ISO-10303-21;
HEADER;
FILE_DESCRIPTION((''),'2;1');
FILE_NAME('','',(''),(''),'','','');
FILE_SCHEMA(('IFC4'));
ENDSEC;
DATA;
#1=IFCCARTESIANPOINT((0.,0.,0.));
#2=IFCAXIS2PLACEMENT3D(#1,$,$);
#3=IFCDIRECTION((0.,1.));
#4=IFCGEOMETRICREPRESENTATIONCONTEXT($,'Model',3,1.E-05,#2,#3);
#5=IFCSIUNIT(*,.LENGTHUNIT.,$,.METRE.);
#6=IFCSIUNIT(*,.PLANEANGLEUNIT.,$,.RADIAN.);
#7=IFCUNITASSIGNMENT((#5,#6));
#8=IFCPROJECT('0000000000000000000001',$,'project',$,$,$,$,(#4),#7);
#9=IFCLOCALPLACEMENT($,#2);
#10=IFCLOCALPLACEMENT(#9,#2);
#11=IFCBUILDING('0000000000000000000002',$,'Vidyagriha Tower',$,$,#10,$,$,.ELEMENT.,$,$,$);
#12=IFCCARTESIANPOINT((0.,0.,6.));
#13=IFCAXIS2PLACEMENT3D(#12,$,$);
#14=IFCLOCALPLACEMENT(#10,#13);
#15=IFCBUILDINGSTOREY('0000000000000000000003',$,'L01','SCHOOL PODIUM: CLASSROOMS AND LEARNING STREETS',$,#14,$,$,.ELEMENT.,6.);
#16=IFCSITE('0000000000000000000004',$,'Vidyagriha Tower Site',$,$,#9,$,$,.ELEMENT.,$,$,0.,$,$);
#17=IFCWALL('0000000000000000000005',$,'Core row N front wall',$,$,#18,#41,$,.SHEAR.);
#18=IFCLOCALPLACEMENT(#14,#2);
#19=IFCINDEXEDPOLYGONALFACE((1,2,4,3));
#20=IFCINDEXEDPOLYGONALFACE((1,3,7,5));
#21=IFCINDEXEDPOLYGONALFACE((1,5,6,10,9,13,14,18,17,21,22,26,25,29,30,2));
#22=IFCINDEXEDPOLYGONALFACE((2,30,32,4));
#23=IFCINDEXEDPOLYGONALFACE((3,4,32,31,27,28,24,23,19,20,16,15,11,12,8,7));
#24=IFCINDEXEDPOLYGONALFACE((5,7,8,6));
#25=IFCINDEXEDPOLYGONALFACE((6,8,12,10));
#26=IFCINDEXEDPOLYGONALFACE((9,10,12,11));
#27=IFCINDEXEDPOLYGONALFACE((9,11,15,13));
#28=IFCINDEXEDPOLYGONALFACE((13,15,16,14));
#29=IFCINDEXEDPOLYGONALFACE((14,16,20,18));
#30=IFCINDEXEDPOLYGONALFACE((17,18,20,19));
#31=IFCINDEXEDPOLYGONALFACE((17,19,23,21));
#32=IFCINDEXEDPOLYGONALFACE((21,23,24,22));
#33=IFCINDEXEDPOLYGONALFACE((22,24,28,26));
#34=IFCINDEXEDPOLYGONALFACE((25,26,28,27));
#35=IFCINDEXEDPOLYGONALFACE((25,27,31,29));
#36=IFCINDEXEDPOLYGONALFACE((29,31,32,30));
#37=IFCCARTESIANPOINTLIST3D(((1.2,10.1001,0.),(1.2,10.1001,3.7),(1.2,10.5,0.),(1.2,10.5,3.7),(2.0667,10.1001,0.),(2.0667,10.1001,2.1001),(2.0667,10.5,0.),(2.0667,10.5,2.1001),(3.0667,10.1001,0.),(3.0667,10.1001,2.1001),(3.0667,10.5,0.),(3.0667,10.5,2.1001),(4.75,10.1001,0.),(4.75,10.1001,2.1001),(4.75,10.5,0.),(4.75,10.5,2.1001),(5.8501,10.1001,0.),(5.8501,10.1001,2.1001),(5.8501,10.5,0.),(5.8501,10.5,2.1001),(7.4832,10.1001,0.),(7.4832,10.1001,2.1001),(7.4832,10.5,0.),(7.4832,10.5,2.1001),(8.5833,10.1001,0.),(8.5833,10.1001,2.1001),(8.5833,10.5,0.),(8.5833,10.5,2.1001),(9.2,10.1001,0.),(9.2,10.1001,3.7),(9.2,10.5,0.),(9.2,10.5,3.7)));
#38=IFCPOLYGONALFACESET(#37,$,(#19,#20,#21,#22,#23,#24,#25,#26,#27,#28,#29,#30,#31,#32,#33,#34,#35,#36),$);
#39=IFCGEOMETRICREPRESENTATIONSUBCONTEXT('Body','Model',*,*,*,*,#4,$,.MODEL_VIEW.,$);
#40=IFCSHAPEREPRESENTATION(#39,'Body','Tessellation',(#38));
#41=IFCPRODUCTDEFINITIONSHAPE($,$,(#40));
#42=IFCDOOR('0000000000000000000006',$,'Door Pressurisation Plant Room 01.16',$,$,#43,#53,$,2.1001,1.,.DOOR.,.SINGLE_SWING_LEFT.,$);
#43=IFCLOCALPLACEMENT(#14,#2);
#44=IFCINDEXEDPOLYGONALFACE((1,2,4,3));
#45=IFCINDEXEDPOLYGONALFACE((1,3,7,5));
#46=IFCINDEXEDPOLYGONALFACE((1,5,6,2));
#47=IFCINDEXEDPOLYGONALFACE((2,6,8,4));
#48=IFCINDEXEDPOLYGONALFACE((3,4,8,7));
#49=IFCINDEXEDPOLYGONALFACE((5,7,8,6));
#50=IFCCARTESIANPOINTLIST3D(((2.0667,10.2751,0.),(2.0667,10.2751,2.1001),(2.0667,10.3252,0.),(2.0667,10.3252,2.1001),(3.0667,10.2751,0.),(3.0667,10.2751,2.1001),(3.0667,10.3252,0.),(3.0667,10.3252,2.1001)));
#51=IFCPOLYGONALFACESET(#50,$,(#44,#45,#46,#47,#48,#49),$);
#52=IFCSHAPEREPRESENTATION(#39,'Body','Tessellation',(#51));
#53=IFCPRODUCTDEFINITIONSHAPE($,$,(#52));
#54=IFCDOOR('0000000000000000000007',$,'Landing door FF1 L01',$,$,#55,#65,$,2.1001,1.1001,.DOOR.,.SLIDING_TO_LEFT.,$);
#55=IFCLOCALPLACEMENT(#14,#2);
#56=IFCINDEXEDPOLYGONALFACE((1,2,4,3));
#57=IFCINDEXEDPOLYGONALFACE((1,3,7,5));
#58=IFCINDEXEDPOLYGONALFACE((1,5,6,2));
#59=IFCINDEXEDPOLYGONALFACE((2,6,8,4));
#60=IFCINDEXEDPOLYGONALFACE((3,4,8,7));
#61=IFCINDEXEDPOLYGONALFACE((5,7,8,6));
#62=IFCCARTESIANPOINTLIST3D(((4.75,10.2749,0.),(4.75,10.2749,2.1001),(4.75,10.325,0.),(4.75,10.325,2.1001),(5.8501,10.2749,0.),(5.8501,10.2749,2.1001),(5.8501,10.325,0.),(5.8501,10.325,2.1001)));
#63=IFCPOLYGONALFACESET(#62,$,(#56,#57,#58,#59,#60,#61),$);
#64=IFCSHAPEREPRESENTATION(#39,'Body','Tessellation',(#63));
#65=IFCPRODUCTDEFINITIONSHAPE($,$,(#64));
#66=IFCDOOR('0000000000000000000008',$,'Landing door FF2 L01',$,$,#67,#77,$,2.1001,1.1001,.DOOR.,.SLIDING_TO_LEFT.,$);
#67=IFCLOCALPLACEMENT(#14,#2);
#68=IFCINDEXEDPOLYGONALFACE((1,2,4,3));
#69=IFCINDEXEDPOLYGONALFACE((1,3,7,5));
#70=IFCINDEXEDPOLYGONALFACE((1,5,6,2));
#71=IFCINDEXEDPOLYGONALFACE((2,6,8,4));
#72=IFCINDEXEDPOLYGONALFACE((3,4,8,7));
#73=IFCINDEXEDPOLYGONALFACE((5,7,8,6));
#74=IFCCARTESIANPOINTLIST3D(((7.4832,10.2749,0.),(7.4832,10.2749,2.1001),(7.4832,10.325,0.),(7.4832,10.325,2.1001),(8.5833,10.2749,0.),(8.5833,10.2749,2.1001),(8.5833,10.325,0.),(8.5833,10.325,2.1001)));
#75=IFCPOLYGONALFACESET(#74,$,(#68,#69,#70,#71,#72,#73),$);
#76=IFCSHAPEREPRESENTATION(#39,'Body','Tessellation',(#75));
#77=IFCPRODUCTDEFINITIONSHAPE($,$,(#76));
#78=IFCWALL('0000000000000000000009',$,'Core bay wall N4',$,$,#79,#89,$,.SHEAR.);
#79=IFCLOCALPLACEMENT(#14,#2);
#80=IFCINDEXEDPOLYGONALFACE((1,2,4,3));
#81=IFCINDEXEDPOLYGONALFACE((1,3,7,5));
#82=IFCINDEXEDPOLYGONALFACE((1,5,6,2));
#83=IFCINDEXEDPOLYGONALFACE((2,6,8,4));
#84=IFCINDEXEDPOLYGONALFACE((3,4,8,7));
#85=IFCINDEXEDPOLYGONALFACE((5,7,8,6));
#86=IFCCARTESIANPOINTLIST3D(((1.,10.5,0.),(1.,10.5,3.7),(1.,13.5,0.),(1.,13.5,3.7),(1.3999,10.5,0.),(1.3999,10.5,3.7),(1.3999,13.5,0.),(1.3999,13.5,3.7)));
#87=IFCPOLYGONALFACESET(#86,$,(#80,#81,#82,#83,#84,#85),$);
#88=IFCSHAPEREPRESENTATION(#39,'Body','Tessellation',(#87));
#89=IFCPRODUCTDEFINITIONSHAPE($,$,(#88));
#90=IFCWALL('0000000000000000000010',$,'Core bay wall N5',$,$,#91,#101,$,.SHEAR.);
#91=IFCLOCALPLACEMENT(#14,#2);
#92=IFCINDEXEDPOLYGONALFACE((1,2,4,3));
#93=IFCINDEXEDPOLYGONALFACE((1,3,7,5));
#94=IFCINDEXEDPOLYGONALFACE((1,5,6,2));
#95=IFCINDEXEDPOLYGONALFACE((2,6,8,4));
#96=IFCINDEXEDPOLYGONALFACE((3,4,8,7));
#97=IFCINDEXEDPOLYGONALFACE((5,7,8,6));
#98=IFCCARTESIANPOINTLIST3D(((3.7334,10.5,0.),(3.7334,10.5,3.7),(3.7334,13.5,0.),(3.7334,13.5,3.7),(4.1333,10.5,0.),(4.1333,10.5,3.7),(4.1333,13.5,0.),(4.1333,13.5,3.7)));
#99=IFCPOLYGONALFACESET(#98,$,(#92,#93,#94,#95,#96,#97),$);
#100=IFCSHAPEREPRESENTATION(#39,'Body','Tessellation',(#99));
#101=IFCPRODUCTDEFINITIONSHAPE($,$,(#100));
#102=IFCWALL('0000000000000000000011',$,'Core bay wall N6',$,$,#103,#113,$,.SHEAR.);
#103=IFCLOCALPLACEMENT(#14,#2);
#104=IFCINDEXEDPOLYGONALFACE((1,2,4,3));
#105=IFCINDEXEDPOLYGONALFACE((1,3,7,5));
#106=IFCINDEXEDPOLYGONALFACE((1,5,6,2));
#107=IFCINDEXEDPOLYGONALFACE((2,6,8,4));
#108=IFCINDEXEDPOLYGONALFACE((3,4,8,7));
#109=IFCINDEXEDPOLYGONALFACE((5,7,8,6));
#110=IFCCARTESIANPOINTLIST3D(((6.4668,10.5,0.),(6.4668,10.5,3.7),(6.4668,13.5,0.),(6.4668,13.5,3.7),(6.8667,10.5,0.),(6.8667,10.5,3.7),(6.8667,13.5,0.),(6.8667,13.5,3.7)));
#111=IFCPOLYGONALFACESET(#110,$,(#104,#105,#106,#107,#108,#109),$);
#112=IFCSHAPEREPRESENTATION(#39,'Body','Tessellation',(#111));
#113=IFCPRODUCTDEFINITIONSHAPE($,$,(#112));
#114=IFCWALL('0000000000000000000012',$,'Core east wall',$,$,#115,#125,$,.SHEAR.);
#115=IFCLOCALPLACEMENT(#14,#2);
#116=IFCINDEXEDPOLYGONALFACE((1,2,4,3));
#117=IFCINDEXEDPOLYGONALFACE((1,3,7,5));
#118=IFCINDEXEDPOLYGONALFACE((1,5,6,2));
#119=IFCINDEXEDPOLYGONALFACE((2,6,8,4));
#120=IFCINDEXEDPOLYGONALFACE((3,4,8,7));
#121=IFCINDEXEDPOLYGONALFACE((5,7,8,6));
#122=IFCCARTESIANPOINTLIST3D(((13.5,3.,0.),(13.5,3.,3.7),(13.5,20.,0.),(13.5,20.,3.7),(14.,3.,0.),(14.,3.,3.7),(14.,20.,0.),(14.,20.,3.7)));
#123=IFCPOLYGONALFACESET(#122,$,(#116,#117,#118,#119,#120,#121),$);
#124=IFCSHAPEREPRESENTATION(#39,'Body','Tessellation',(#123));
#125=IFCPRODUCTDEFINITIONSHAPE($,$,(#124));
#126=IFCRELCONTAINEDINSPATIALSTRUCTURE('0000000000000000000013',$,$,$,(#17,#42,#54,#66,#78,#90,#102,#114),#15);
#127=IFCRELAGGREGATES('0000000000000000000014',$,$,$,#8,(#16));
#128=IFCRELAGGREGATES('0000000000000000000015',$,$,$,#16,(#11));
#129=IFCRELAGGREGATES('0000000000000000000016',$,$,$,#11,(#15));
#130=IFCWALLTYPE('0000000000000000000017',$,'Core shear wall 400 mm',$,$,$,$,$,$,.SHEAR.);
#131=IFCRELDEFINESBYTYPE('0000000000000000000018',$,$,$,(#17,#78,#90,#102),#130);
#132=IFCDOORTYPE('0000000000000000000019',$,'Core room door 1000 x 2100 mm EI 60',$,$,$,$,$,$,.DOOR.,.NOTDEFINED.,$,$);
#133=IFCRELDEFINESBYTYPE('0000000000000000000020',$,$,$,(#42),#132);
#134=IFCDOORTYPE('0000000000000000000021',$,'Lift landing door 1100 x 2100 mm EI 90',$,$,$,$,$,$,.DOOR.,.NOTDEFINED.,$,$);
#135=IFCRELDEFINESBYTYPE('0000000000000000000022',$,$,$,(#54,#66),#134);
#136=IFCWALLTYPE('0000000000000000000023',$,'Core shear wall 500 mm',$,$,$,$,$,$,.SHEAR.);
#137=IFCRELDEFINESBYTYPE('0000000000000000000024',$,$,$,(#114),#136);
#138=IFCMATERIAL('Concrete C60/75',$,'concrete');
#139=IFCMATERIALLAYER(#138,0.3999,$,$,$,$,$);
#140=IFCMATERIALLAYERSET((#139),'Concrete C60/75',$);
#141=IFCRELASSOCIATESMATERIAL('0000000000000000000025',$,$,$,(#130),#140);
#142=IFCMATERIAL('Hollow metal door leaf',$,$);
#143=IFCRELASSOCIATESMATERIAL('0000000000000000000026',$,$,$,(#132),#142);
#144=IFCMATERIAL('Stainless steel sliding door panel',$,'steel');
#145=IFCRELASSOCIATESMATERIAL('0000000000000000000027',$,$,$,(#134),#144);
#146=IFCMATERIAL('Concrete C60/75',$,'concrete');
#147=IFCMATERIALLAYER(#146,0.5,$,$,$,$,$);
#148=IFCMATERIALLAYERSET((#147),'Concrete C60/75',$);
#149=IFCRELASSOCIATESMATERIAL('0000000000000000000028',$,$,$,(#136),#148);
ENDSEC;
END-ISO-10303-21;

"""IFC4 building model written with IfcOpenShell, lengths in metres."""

from ifc_helpers import new_model, si_unit, direction, frame, frame_2d, origin, place, context, subcontext, project, spatial, rectangle, extrude, material, layer, layer_set, type_object, element, fill, save


model = new_model("IFC4")

# Units and contexts
model_context = context("Model", 3, precision=1e-05, world=origin(), true_north=direction((0.0, 1.0)))
body_context = subcontext(model_context, "Body", "Model", "MODEL_VIEW")
ifc_project = project(units=[si_unit("LENGTHUNIT", "METRE"), si_unit("PLANEANGLEUNIT", "RADIAN")], contexts=[model_context])

# Site, building, storey
site_placement = place(None, origin())
site = spatial("IfcSite", under=ifc_project, at=site_placement, Name="Vidyagriha Tower Site", CompositionType="ELEMENT", RefElevation=0.0)
building_placement = place(site_placement, origin())
building = spatial("IfcBuilding", under=site, at=building_placement, Name="Vidyagriha Tower", CompositionType="ELEMENT")
storey_placement = place(building_placement, frame((0.0, 0.0, 6.0)))
storey = spatial("IfcBuildingStorey", under=building, at=storey_placement, Name="L01", Description="SCHOOL PODIUM: CLASSROOMS AND LEARNING STREETS", CompositionType="ELEMENT", Elevation=6.0)

# Shared definitions
ifc_material_1 = material(Name="Concrete C60/75", Category="concrete")
ifc_layer_1 = layer(ifc_material_1, 0.3999)
ifc_layer_set_1 = layer_set([ifc_layer_1], Name="Concrete C60/75")
wall_type_1 = type_object("IfcWallType", Name="Core shear wall 400 mm", PredefinedType="SHEAR", material=ifc_layer_set_1)
ifc_material_2 = material(Name="Hollow metal door leaf")
door_type_1 = type_object("IfcDoorType", Name="Core room door 1000 x 2100 mm EI 60", OperationType="NOTDEFINED", PredefinedType="DOOR", material=ifc_material_2)

# Wall, openings, doors
wall_1_placement = place(storey_placement, frame((1.2, 10.3, 0.0)))
wall_1 = element("IfcWall", 1, at=wall_1_placement, inside=storey, type_object=wall_type_1, Name="Core row N front wall", PredefinedType="SHEAR", context=body_context, shape_type="SweptSolid", body=[
    extrude(rectangle(XDim=8.0, YDim=0.3999, at=frame_2d((4.0, 0.0))), origin(), (0.0, 0.0, 1.0), 3.7),
])
opening_1_placement = place(wall_1_placement, frame((3.55, 0.0, 0.0)))
opening_1 = element("IfcOpeningElement", 2, at=opening_1_placement, cuts=wall_1, PredefinedType="OPENING", context=body_context, shape_type="SweptSolid", body=[
    extrude(rectangle(XDim=1.1001, YDim=2.1001, at=frame_2d((0.55, 1.05))), frame((0.0, 0.21, 0.0), z_axis=(0.0, -1.0, 0.0), x_axis=(1.0, 0.0, 0.0)), (0.0, 0.0, 1.0), 0.4199),
])
opening_2_placement = place(wall_1_placement, frame((6.2832, 0.0, 0.0)))
opening_2 = element("IfcOpeningElement", 3, at=opening_2_placement, cuts=wall_1, PredefinedType="OPENING", context=body_context, shape_type="SweptSolid", body=[
    extrude(rectangle(XDim=1.1001, YDim=2.1001, at=frame_2d((0.55, 1.05))), frame((0.0, 0.21, 0.0), z_axis=(0.0, -1.0, 0.0), x_axis=(1.0, 0.0, 0.0)), (0.0, 0.0, 1.0), 0.4199),
])
opening_3_placement = place(wall_1_placement, frame((0.8667, 0.0, 0.0)))
opening_3 = element("IfcOpeningElement", 4, at=opening_3_placement, cuts=wall_1, PredefinedType="OPENING", context=body_context, shape_type="SweptSolid", body=[
    extrude(rectangle(XDim=1.0, YDim=2.1001, at=frame_2d((0.5, 1.05))), frame((0.0, 0.21, 0.0), z_axis=(0.0, -1.0, 0.0), x_axis=(1.0, 0.0, 0.0)), (0.0, 0.0, 1.0), 0.4199),
])
door_1_placement = place(opening_3_placement, frame((1.0, 0.0, 0.0), z_axis=(0.0, 0.0, 1.0), x_axis=(-1.0, 0.0, 0.0)))
door_1 = element("IfcDoor", 5, at=door_1_placement, inside=storey, type_object=door_type_1, Name="Door Pressurisation Plant Room 01.16", OperationType="SINGLE_SWING_LEFT", OverallHeight=2.1001, OverallWidth=1.0, PredefinedType="DOOR", context=body_context, shape_type="SweptSolid", body=[
    extrude(rectangle(XDim=1.0, YDim=2.1001, at=frame_2d((0.5, 1.05))), frame((0.0, 0.0249, 0.0), z_axis=(0.0, -1.0, 0.0), x_axis=(1.0, 0.0, 0.0)), (0.0, 0.0, 1.0), 0.05),
])
fill(opening_3, door_1)
ifc_material_3 = material(Name="Stainless steel sliding door panel", Category="steel")
door_type_2 = type_object("IfcDoorType", Name="Lift landing door 1100 x 2100 mm EI 90", OperationType="NOTDEFINED", PredefinedType="DOOR", material=ifc_material_3)
door_2_placement = place(opening_1_placement, origin())
door_2 = element("IfcDoor", 6, at=door_2_placement, inside=storey, type_object=door_type_2, Name="Landing door FF1 L01", OperationType="SLIDING_TO_LEFT", OverallHeight=2.1001, OverallWidth=1.1001, PredefinedType="DOOR", context=body_context, shape_type="SweptSolid", body=[
    extrude(rectangle(XDim=1.1001, YDim=2.1001, at=frame_2d((0.55, 1.05))), frame((0.0, 0.0249, 0.0), z_axis=(0.0, -1.0, 0.0), x_axis=(1.0, 0.0, 0.0)), (0.0, 0.0, 1.0), 0.05),
])
fill(opening_1, door_2)
door_3_placement = place(opening_2_placement, origin())
door_3 = element("IfcDoor", 7, at=door_3_placement, inside=storey, type_object=door_type_2, Name="Landing door FF2 L01", OperationType="SLIDING_TO_LEFT", OverallHeight=2.1001, OverallWidth=1.1001, PredefinedType="DOOR", context=body_context, shape_type="SweptSolid", body=[
    extrude(rectangle(XDim=1.1001, YDim=2.1001, at=frame_2d((0.55, 1.05))), frame((0.0, 0.0249, 0.0), z_axis=(0.0, -1.0, 0.0), x_axis=(1.0, 0.0, 0.0)), (0.0, 0.0, 1.0), 0.05),
])
fill(opening_2, door_3)

# Walls
for number, where, z_axis, x_axis, name in (
    (8, (1.2, 10.5, 0.0), (0.0, 0.0, 1.0), (0.0, 1.0, 0.0), "Core bay wall N4"),
    (9, (3.9333, 10.5, 0.0), (0.0, 0.0, 1.0), (0.0, 1.0, 0.0), "Core bay wall N5"),
    (10, (6.6667, 10.5, 0.0), (0.0, 0.0, 1.0), (0.0, 1.0, 0.0), "Core bay wall N6"),
):
    element("IfcWall", number, at=place(storey_placement, frame(where, z_axis=z_axis, x_axis=x_axis)), inside=storey, type_object=wall_type_1, Name=name, PredefinedType="SHEAR", context=body_context, shape_type="SweptSolid", body=[
        extrude(rectangle(XDim=3.0, YDim=0.3999, at=frame_2d((1.5, 0.0))), origin(), (0.0, 0.0, 1.0), 3.7),
    ])
ifc_material_4 = material(Name="Concrete C60/75", Category="concrete")
ifc_layer_2 = layer(ifc_material_4, 0.5)
ifc_layer_set_2 = layer_set([ifc_layer_2], Name="Concrete C60/75")
wall_type_2 = type_object("IfcWallType", Name="Core shear wall 500 mm", PredefinedType="SHEAR", material=ifc_layer_set_2)
wall_2_placement = place(storey_placement, frame((13.75, 3.0, 0.0), z_axis=(0.0, 0.0, 1.0), x_axis=(0.0, 1.0, 0.0)))
element("IfcWall", 11, at=wall_2_placement, inside=storey, type_object=wall_type_2, Name="Core east wall", PredefinedType="SHEAR", context=body_context, shape_type="SweptSolid", body=[
    extrude(rectangle(XDim=17.0, YDim=0.5, at=frame_2d((8.5, 0.0))), origin(), (0.0, 0.0, 1.0), 3.7),
])

save(model, "model.ifc")
